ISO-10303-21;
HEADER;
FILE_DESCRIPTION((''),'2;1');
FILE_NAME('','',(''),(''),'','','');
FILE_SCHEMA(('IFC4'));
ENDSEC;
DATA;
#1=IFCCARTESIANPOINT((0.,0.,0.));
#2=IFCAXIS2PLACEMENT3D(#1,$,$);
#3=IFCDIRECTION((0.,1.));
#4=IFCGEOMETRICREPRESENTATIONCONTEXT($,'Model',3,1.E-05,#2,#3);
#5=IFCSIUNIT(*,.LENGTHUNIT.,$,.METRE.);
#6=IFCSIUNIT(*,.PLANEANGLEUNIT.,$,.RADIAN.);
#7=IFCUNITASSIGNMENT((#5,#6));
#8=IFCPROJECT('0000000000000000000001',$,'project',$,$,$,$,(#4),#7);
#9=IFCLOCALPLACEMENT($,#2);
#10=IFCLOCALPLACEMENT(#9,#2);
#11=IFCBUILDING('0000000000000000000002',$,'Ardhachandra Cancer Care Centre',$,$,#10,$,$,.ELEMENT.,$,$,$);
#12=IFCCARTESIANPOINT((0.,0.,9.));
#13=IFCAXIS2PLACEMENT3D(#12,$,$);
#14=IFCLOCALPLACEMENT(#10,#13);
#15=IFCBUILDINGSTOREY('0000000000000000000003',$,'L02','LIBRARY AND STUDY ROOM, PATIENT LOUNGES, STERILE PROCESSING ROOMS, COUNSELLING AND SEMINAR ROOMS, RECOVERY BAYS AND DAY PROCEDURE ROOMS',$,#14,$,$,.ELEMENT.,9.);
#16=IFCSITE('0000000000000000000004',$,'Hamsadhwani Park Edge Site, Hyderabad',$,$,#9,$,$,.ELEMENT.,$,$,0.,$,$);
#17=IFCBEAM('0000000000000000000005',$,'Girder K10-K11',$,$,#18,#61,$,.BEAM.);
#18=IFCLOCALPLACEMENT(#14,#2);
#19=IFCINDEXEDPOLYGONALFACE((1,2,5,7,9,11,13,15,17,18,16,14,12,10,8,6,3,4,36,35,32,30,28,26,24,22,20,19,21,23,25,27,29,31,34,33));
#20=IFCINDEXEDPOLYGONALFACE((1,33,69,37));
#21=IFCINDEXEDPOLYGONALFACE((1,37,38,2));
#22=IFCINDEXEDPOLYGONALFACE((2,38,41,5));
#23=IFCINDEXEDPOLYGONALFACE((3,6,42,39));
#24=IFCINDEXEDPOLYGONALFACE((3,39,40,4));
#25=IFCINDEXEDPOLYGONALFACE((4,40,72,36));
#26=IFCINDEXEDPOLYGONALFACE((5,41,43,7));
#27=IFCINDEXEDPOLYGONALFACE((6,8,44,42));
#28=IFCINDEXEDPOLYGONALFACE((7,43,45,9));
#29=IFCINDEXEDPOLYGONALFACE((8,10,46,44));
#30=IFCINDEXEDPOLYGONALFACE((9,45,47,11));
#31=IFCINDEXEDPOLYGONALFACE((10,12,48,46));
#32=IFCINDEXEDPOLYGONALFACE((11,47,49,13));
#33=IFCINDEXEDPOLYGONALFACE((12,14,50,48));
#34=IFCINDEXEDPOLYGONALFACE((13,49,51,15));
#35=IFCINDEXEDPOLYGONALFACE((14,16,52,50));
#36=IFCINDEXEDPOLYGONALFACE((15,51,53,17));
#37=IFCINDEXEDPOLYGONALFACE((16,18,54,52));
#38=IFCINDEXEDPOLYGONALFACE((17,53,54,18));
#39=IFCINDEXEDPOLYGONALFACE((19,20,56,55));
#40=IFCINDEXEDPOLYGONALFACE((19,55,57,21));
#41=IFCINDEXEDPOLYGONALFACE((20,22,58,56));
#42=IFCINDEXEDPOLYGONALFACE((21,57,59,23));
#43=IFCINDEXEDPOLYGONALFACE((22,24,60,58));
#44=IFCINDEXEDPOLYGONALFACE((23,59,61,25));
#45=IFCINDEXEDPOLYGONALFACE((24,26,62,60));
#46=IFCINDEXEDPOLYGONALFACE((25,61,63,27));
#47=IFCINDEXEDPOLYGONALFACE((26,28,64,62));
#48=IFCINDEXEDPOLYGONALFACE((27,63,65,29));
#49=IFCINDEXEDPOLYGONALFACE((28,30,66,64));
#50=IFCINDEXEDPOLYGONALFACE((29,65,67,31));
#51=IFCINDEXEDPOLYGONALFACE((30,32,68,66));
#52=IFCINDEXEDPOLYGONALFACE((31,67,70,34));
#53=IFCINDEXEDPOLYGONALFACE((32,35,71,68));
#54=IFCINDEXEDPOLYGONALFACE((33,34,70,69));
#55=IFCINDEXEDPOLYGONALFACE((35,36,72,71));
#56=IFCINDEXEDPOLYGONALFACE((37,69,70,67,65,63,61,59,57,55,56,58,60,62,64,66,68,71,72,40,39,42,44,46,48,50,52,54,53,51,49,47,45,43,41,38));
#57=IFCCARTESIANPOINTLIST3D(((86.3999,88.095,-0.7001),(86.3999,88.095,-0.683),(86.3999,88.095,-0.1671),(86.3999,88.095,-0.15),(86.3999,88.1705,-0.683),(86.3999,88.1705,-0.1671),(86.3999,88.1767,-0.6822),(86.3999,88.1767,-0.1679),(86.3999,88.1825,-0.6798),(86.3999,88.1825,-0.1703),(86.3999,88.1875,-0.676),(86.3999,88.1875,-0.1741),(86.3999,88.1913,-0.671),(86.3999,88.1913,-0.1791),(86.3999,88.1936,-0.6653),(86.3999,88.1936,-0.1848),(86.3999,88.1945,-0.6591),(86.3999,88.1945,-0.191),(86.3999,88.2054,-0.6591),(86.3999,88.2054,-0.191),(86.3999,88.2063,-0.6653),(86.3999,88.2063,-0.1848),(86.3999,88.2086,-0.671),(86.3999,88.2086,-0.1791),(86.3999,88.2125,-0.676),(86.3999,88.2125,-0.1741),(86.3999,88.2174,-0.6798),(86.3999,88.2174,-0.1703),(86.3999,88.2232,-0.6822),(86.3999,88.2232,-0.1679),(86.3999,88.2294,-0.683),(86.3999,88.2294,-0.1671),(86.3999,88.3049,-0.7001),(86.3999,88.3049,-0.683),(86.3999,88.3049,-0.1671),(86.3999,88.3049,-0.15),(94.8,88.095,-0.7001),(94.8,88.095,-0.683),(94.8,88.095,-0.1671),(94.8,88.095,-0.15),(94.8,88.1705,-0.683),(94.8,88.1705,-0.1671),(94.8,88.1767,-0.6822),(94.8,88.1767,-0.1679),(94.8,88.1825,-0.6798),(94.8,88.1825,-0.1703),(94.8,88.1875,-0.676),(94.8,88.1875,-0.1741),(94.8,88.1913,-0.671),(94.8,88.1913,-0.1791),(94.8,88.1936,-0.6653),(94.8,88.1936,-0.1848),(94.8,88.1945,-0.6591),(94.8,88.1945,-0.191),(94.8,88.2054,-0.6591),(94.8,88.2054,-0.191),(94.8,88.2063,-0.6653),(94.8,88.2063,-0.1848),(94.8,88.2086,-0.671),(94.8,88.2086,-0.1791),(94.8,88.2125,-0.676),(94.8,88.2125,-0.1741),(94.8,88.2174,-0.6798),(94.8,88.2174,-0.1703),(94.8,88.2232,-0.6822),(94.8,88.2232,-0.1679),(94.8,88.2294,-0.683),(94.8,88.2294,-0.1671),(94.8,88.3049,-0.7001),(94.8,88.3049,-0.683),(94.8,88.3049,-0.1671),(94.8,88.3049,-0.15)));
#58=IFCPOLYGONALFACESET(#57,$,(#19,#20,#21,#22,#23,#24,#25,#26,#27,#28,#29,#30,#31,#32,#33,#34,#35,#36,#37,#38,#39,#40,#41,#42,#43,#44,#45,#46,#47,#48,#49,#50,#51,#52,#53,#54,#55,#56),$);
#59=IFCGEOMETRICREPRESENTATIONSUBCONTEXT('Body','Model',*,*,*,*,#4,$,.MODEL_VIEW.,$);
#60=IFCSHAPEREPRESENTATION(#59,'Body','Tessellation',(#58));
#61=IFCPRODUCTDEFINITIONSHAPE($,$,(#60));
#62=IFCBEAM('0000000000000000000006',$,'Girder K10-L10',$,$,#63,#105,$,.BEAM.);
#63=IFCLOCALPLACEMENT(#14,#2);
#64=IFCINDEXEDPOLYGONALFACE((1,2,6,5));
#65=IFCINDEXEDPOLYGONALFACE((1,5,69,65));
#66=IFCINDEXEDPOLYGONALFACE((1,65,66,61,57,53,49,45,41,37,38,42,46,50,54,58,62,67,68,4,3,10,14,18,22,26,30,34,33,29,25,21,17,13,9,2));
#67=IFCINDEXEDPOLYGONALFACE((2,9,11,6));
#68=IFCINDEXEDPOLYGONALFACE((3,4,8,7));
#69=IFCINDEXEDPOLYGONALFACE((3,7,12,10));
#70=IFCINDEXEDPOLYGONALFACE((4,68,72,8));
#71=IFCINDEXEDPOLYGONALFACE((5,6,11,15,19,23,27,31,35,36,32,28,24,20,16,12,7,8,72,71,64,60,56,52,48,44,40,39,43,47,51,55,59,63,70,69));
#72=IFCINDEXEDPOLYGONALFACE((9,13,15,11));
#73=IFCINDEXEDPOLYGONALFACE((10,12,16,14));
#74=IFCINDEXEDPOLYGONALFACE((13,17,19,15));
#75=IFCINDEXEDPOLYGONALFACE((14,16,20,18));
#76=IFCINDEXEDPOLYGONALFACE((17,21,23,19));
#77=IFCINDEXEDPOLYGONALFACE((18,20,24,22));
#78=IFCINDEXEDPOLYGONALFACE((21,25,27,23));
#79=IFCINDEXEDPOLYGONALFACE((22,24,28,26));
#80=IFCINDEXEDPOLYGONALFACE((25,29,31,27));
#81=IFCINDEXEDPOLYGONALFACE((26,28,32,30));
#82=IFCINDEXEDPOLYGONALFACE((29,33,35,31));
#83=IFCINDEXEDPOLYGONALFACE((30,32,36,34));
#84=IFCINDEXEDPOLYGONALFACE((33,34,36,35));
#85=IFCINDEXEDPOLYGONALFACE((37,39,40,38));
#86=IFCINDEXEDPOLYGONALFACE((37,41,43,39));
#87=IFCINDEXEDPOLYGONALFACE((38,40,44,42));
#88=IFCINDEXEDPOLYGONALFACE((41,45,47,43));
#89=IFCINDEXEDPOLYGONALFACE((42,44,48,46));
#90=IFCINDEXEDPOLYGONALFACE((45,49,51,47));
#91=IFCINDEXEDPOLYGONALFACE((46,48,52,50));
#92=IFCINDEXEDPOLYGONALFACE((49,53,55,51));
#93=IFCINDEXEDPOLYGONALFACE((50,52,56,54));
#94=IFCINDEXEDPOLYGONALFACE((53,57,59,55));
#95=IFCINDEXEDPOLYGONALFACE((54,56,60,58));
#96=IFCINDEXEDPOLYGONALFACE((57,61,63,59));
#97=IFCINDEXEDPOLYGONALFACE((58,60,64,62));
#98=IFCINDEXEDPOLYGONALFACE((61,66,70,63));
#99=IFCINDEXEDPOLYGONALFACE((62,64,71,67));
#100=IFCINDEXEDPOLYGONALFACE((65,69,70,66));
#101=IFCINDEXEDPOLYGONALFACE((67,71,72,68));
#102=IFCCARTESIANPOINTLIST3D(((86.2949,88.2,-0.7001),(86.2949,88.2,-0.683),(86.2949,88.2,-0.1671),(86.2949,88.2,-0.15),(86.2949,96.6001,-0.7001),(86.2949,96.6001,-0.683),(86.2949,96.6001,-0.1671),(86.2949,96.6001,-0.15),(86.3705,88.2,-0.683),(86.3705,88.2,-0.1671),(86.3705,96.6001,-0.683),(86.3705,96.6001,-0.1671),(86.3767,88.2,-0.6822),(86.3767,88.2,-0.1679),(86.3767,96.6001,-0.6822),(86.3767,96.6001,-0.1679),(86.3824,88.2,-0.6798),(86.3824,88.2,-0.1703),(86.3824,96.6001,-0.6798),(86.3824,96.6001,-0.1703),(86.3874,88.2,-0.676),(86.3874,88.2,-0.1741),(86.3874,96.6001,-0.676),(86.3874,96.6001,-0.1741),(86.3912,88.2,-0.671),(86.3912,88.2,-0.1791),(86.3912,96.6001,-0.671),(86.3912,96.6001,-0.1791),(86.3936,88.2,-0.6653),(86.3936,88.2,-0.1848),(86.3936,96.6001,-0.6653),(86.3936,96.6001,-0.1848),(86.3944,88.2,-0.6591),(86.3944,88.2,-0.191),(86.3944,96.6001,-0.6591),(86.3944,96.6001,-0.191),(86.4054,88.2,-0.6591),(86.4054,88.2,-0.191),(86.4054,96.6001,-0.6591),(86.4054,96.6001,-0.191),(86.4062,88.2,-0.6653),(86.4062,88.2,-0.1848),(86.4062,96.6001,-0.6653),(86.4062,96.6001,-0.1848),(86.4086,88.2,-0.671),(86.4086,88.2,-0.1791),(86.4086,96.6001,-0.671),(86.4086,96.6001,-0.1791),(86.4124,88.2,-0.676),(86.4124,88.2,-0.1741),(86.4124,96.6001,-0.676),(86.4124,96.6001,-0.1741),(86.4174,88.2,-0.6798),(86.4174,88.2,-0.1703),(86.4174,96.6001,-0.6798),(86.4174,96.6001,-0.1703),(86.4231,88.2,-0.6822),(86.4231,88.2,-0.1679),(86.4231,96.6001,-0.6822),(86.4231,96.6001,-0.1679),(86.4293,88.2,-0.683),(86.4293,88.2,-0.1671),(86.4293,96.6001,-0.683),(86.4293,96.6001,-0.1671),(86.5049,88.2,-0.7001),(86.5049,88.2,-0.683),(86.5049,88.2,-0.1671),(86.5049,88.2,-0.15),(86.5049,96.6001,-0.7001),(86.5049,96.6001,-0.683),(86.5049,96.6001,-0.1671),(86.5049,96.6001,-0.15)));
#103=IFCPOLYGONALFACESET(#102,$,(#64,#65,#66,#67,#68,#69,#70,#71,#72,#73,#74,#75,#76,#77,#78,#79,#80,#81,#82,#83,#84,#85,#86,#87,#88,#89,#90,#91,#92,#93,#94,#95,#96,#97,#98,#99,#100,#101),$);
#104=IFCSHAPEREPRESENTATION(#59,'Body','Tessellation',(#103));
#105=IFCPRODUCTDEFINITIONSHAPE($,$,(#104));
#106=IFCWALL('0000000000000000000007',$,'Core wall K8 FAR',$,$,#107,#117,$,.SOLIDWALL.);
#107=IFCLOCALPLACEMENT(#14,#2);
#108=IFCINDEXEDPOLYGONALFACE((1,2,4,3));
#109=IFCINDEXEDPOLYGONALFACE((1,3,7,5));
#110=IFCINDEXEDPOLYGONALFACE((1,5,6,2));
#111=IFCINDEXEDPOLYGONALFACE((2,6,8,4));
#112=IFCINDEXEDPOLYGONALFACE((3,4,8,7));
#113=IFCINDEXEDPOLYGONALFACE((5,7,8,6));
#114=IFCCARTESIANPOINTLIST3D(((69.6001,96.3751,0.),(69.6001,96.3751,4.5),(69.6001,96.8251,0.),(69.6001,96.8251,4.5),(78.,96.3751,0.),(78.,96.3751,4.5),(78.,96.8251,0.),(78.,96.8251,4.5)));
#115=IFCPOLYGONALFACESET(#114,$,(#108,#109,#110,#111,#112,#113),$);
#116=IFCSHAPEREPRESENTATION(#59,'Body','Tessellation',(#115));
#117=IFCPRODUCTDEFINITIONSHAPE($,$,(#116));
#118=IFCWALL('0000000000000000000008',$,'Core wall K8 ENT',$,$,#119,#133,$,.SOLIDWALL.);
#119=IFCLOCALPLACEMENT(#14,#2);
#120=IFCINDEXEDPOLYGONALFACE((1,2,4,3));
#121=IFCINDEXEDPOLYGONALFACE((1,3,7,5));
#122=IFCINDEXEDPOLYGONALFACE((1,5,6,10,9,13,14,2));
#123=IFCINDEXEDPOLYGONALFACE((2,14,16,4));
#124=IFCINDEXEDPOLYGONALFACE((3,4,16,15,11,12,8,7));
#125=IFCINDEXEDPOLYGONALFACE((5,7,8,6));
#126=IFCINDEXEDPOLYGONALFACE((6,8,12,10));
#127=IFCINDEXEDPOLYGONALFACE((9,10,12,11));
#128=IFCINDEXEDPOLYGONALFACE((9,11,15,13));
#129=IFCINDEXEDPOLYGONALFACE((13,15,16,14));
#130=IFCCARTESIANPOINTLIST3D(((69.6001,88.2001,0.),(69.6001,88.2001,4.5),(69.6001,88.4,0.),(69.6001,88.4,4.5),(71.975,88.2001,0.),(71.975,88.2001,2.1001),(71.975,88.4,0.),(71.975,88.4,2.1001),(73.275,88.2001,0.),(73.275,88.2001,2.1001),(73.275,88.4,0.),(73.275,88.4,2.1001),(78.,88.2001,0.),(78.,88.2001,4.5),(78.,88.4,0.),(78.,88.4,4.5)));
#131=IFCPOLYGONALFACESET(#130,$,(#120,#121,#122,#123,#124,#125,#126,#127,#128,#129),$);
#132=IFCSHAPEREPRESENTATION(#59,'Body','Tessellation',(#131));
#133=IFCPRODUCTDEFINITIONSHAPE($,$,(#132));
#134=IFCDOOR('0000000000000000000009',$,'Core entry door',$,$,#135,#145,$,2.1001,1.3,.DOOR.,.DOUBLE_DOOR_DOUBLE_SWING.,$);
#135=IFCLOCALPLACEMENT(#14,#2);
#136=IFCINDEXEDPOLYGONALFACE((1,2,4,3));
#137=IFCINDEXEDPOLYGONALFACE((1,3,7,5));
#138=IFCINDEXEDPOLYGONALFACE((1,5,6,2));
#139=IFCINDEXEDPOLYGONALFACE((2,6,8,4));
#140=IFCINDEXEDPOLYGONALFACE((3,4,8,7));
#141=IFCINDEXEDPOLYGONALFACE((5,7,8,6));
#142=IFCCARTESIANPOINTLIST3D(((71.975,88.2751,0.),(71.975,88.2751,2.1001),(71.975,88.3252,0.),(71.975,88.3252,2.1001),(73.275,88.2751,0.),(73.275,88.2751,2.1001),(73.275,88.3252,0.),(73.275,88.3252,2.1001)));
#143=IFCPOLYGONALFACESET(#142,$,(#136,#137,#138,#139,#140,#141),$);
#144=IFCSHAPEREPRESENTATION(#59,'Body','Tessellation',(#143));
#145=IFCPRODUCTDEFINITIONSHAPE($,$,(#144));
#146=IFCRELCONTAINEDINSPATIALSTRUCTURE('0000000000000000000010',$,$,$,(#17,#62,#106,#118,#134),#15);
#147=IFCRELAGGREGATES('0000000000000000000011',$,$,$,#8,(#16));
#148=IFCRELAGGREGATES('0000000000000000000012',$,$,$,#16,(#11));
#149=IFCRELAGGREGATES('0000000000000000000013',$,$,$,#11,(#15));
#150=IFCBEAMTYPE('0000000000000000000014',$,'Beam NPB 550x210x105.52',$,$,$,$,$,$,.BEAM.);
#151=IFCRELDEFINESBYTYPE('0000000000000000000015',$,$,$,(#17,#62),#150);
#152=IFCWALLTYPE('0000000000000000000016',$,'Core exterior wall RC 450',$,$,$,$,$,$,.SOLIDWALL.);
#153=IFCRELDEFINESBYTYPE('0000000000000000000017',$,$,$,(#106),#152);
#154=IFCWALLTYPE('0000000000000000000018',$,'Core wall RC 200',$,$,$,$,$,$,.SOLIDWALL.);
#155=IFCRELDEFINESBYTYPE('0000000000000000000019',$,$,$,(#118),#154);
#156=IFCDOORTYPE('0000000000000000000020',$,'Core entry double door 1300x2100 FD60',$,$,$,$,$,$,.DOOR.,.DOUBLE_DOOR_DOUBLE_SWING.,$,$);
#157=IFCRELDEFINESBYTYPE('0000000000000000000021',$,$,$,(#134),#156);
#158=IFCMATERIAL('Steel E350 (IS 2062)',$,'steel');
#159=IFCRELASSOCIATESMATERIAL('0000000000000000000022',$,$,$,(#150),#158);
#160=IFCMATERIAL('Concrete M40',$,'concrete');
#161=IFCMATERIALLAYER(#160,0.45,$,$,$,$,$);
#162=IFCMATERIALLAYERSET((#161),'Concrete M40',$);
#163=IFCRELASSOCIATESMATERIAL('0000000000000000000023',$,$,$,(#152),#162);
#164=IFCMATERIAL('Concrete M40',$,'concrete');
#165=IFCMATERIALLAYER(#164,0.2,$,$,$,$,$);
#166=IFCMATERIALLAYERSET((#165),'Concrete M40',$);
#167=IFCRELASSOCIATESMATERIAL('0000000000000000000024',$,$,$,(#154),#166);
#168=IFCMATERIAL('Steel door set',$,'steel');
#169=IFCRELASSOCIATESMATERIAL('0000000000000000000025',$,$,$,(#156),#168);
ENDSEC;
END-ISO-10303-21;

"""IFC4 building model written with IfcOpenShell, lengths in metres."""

from ifc_helpers import new_model, si_unit, direction, frame, frame_2d, origin, origin_2d, place, context, subcontext, project, spatial, rectangle, i_section, extrude, material, layer, layer_set, material_profile, profile_set, type_object, element, fill, save


model = new_model("IFC4")

# Units and contexts
model_context = context("Model", 3, precision=1e-05, world=origin(), true_north=direction((0.0, 1.0)))
body_context = subcontext(model_context, "Body", "Model", "MODEL_VIEW")
ifc_project = project(units=[si_unit("LENGTHUNIT", "METRE"), si_unit("PLANEANGLEUNIT", "RADIAN")], contexts=[model_context])

# Site, building, storey
site_placement = place(None, origin())
site = spatial("IfcSite", under=ifc_project, at=site_placement, Name="Hamsadhwani Park Edge Site, Hyderabad", CompositionType="ELEMENT", RefElevation=0.0)
building_placement = place(site_placement, origin())
building = spatial("IfcBuilding", under=site, at=building_placement, Name="Ardhachandra Cancer Care Centre", CompositionType="ELEMENT")
storey_placement = place(building_placement, frame((0.0, 0.0, 9.0)))
storey = spatial("IfcBuildingStorey", under=building, at=storey_placement, Name="L02", Description="LIBRARY AND STUDY ROOM, PATIENT LOUNGES, STERILE PROCESSING ROOMS, COUNSELLING AND SEMINAR ROOMS, RECOVERY BAYS AND DAY PROCEDURE ROOMS", CompositionType="ELEMENT", Elevation=9.0)

# Beams
ifc_material_1 = material(Name="Steel E350 (IS 2062)", Category="steel")
ifc_material_profile_1 = material_profile(ifc_material_1, i_section(OverallWidth=0.21, OverallDepth=0.55, WebThickness=0.011, FlangeThickness=0.0171, FilletRadius=0.0239, at=origin_2d()), Name="NPB 550x210x105.52")
ifc_profile_set_1 = profile_set([ifc_material_profile_1], Name="Steel E350 (IS 2062)")
beam_type_1 = type_object("IfcBeamType", Name="Beam NPB 550x210x105.52", PredefinedType="BEAM", material=ifc_profile_set_1)
for number, where, z_axis, x_axis, name in (
    (1, (86.3999, 88.2, -0.425), (1.0, 0.0, 0.0), (0.0, 1.0, 0.0), "Girder K10-K11"),
    (2, (86.3999, 88.2, -0.425), (0.0, 1.0, 0.0), (-1.0, 0.0, 0.0), "Girder K10-L10"),
):
    element("IfcBeam", number, at=place(storey_placement, frame(where, z_axis=z_axis, x_axis=x_axis)), inside=storey, type_object=beam_type_1, Name=name, PredefinedType="BEAM", context=body_context, shape_type="SweptSolid", body=[
        extrude(i_section(OverallWidth=0.21, OverallDepth=0.55, WebThickness=0.011, FlangeThickness=0.0171, FilletRadius=0.0239, at=origin_2d()), origin(), (0.0, 0.0, 1.0), 8.4001),
    ])

# Wall
ifc_material_2 = material(Name="Concrete M40", Category="concrete")
ifc_layer_1 = layer(ifc_material_2, 0.45)
ifc_layer_set_1 = layer_set([ifc_layer_1], Name="Concrete M40")
wall_type_1 = type_object("IfcWallType", Name="Core exterior wall RC 450", PredefinedType="SOLIDWALL", material=ifc_layer_set_1)
wall_1_placement = place(storey_placement, frame((78.0, 96.6001, 0.0), z_axis=(0.0, 0.0, 1.0), x_axis=(-1.0, 0.0, 0.0)))
element("IfcWall", 3, at=wall_1_placement, inside=storey, type_object=wall_type_1, Name="Core wall K8 FAR", PredefinedType="SOLIDWALL", context=body_context, shape_type="SweptSolid", body=[
    extrude(rectangle(XDim=8.3999, YDim=0.45, at=frame_2d((4.2, 0.0))), origin(), (0.0, 0.0, 1.0), 4.5),
])

# Wall, opening, door
ifc_material_3 = material(Name="Concrete M40", Category="concrete")
ifc_layer_2 = layer(ifc_material_3, 0.2)
ifc_layer_set_2 = layer_set([ifc_layer_2], Name="Concrete M40")
wall_type_2 = type_object("IfcWallType", Name="Core wall RC 200", PredefinedType="SOLIDWALL", material=ifc_layer_set_2)
wall_2_placement = place(storey_placement, frame((78.0, 88.3, 0.0), z_axis=(0.0, 0.0, 1.0), x_axis=(-1.0, 0.0, 0.0)))
wall_2 = element("IfcWall", 4, at=wall_2_placement, inside=storey, type_object=wall_type_2, Name="Core wall K8 ENT", PredefinedType="SOLIDWALL", context=body_context, shape_type="SweptSolid", body=[
    extrude(rectangle(XDim=8.3999, YDim=0.2, at=frame_2d((4.2, 0.0))), origin(), (0.0, 0.0, 1.0), 4.5),
])
opening_1_placement = place(wall_2_placement, frame((4.7251, 0.0, 0.0)))
opening_1 = element("IfcOpeningElement", 5, at=opening_1_placement, cuts=wall_2, PredefinedType="OPENING", context=body_context, shape_type="SweptSolid", body=[
    extrude(rectangle(XDim=1.3, YDim=2.1001, at=frame_2d((0.6499, 1.05))), frame((0.0, 0.1099, 0.0), z_axis=(0.0, -1.0, 0.0), x_axis=(1.0, 0.0, 0.0)), (0.0, 0.0, 1.0), 0.22),
])
ifc_material_4 = material(Name="Steel door set", Category="steel")
door_type_1 = type_object("IfcDoorType", Name="Core entry double door 1300x2100 FD60", OperationType="DOUBLE_DOOR_DOUBLE_SWING", PredefinedType="DOOR", material=ifc_material_4)
door_1_placement = place(opening_1_placement, origin())
door_1 = element("IfcDoor", 6, at=door_1_placement, inside=storey, type_object=door_type_1, Name="Core entry door", OperationType="DOUBLE_DOOR_DOUBLE_SWING", OverallHeight=2.1001, OverallWidth=1.3, PredefinedType="DOOR", context=body_context, shape_type="SweptSolid", body=[
    extrude(rectangle(XDim=1.3, YDim=2.1001, at=frame_2d((0.6499, 1.05))), frame((0.0, 0.0249, 0.0), z_axis=(0.0, -1.0, 0.0), x_axis=(1.0, 0.0, 0.0)), (0.0, 0.0, 1.0), 0.05),
])
fill(opening_1, door_1)

save(model, "model.ifc")
